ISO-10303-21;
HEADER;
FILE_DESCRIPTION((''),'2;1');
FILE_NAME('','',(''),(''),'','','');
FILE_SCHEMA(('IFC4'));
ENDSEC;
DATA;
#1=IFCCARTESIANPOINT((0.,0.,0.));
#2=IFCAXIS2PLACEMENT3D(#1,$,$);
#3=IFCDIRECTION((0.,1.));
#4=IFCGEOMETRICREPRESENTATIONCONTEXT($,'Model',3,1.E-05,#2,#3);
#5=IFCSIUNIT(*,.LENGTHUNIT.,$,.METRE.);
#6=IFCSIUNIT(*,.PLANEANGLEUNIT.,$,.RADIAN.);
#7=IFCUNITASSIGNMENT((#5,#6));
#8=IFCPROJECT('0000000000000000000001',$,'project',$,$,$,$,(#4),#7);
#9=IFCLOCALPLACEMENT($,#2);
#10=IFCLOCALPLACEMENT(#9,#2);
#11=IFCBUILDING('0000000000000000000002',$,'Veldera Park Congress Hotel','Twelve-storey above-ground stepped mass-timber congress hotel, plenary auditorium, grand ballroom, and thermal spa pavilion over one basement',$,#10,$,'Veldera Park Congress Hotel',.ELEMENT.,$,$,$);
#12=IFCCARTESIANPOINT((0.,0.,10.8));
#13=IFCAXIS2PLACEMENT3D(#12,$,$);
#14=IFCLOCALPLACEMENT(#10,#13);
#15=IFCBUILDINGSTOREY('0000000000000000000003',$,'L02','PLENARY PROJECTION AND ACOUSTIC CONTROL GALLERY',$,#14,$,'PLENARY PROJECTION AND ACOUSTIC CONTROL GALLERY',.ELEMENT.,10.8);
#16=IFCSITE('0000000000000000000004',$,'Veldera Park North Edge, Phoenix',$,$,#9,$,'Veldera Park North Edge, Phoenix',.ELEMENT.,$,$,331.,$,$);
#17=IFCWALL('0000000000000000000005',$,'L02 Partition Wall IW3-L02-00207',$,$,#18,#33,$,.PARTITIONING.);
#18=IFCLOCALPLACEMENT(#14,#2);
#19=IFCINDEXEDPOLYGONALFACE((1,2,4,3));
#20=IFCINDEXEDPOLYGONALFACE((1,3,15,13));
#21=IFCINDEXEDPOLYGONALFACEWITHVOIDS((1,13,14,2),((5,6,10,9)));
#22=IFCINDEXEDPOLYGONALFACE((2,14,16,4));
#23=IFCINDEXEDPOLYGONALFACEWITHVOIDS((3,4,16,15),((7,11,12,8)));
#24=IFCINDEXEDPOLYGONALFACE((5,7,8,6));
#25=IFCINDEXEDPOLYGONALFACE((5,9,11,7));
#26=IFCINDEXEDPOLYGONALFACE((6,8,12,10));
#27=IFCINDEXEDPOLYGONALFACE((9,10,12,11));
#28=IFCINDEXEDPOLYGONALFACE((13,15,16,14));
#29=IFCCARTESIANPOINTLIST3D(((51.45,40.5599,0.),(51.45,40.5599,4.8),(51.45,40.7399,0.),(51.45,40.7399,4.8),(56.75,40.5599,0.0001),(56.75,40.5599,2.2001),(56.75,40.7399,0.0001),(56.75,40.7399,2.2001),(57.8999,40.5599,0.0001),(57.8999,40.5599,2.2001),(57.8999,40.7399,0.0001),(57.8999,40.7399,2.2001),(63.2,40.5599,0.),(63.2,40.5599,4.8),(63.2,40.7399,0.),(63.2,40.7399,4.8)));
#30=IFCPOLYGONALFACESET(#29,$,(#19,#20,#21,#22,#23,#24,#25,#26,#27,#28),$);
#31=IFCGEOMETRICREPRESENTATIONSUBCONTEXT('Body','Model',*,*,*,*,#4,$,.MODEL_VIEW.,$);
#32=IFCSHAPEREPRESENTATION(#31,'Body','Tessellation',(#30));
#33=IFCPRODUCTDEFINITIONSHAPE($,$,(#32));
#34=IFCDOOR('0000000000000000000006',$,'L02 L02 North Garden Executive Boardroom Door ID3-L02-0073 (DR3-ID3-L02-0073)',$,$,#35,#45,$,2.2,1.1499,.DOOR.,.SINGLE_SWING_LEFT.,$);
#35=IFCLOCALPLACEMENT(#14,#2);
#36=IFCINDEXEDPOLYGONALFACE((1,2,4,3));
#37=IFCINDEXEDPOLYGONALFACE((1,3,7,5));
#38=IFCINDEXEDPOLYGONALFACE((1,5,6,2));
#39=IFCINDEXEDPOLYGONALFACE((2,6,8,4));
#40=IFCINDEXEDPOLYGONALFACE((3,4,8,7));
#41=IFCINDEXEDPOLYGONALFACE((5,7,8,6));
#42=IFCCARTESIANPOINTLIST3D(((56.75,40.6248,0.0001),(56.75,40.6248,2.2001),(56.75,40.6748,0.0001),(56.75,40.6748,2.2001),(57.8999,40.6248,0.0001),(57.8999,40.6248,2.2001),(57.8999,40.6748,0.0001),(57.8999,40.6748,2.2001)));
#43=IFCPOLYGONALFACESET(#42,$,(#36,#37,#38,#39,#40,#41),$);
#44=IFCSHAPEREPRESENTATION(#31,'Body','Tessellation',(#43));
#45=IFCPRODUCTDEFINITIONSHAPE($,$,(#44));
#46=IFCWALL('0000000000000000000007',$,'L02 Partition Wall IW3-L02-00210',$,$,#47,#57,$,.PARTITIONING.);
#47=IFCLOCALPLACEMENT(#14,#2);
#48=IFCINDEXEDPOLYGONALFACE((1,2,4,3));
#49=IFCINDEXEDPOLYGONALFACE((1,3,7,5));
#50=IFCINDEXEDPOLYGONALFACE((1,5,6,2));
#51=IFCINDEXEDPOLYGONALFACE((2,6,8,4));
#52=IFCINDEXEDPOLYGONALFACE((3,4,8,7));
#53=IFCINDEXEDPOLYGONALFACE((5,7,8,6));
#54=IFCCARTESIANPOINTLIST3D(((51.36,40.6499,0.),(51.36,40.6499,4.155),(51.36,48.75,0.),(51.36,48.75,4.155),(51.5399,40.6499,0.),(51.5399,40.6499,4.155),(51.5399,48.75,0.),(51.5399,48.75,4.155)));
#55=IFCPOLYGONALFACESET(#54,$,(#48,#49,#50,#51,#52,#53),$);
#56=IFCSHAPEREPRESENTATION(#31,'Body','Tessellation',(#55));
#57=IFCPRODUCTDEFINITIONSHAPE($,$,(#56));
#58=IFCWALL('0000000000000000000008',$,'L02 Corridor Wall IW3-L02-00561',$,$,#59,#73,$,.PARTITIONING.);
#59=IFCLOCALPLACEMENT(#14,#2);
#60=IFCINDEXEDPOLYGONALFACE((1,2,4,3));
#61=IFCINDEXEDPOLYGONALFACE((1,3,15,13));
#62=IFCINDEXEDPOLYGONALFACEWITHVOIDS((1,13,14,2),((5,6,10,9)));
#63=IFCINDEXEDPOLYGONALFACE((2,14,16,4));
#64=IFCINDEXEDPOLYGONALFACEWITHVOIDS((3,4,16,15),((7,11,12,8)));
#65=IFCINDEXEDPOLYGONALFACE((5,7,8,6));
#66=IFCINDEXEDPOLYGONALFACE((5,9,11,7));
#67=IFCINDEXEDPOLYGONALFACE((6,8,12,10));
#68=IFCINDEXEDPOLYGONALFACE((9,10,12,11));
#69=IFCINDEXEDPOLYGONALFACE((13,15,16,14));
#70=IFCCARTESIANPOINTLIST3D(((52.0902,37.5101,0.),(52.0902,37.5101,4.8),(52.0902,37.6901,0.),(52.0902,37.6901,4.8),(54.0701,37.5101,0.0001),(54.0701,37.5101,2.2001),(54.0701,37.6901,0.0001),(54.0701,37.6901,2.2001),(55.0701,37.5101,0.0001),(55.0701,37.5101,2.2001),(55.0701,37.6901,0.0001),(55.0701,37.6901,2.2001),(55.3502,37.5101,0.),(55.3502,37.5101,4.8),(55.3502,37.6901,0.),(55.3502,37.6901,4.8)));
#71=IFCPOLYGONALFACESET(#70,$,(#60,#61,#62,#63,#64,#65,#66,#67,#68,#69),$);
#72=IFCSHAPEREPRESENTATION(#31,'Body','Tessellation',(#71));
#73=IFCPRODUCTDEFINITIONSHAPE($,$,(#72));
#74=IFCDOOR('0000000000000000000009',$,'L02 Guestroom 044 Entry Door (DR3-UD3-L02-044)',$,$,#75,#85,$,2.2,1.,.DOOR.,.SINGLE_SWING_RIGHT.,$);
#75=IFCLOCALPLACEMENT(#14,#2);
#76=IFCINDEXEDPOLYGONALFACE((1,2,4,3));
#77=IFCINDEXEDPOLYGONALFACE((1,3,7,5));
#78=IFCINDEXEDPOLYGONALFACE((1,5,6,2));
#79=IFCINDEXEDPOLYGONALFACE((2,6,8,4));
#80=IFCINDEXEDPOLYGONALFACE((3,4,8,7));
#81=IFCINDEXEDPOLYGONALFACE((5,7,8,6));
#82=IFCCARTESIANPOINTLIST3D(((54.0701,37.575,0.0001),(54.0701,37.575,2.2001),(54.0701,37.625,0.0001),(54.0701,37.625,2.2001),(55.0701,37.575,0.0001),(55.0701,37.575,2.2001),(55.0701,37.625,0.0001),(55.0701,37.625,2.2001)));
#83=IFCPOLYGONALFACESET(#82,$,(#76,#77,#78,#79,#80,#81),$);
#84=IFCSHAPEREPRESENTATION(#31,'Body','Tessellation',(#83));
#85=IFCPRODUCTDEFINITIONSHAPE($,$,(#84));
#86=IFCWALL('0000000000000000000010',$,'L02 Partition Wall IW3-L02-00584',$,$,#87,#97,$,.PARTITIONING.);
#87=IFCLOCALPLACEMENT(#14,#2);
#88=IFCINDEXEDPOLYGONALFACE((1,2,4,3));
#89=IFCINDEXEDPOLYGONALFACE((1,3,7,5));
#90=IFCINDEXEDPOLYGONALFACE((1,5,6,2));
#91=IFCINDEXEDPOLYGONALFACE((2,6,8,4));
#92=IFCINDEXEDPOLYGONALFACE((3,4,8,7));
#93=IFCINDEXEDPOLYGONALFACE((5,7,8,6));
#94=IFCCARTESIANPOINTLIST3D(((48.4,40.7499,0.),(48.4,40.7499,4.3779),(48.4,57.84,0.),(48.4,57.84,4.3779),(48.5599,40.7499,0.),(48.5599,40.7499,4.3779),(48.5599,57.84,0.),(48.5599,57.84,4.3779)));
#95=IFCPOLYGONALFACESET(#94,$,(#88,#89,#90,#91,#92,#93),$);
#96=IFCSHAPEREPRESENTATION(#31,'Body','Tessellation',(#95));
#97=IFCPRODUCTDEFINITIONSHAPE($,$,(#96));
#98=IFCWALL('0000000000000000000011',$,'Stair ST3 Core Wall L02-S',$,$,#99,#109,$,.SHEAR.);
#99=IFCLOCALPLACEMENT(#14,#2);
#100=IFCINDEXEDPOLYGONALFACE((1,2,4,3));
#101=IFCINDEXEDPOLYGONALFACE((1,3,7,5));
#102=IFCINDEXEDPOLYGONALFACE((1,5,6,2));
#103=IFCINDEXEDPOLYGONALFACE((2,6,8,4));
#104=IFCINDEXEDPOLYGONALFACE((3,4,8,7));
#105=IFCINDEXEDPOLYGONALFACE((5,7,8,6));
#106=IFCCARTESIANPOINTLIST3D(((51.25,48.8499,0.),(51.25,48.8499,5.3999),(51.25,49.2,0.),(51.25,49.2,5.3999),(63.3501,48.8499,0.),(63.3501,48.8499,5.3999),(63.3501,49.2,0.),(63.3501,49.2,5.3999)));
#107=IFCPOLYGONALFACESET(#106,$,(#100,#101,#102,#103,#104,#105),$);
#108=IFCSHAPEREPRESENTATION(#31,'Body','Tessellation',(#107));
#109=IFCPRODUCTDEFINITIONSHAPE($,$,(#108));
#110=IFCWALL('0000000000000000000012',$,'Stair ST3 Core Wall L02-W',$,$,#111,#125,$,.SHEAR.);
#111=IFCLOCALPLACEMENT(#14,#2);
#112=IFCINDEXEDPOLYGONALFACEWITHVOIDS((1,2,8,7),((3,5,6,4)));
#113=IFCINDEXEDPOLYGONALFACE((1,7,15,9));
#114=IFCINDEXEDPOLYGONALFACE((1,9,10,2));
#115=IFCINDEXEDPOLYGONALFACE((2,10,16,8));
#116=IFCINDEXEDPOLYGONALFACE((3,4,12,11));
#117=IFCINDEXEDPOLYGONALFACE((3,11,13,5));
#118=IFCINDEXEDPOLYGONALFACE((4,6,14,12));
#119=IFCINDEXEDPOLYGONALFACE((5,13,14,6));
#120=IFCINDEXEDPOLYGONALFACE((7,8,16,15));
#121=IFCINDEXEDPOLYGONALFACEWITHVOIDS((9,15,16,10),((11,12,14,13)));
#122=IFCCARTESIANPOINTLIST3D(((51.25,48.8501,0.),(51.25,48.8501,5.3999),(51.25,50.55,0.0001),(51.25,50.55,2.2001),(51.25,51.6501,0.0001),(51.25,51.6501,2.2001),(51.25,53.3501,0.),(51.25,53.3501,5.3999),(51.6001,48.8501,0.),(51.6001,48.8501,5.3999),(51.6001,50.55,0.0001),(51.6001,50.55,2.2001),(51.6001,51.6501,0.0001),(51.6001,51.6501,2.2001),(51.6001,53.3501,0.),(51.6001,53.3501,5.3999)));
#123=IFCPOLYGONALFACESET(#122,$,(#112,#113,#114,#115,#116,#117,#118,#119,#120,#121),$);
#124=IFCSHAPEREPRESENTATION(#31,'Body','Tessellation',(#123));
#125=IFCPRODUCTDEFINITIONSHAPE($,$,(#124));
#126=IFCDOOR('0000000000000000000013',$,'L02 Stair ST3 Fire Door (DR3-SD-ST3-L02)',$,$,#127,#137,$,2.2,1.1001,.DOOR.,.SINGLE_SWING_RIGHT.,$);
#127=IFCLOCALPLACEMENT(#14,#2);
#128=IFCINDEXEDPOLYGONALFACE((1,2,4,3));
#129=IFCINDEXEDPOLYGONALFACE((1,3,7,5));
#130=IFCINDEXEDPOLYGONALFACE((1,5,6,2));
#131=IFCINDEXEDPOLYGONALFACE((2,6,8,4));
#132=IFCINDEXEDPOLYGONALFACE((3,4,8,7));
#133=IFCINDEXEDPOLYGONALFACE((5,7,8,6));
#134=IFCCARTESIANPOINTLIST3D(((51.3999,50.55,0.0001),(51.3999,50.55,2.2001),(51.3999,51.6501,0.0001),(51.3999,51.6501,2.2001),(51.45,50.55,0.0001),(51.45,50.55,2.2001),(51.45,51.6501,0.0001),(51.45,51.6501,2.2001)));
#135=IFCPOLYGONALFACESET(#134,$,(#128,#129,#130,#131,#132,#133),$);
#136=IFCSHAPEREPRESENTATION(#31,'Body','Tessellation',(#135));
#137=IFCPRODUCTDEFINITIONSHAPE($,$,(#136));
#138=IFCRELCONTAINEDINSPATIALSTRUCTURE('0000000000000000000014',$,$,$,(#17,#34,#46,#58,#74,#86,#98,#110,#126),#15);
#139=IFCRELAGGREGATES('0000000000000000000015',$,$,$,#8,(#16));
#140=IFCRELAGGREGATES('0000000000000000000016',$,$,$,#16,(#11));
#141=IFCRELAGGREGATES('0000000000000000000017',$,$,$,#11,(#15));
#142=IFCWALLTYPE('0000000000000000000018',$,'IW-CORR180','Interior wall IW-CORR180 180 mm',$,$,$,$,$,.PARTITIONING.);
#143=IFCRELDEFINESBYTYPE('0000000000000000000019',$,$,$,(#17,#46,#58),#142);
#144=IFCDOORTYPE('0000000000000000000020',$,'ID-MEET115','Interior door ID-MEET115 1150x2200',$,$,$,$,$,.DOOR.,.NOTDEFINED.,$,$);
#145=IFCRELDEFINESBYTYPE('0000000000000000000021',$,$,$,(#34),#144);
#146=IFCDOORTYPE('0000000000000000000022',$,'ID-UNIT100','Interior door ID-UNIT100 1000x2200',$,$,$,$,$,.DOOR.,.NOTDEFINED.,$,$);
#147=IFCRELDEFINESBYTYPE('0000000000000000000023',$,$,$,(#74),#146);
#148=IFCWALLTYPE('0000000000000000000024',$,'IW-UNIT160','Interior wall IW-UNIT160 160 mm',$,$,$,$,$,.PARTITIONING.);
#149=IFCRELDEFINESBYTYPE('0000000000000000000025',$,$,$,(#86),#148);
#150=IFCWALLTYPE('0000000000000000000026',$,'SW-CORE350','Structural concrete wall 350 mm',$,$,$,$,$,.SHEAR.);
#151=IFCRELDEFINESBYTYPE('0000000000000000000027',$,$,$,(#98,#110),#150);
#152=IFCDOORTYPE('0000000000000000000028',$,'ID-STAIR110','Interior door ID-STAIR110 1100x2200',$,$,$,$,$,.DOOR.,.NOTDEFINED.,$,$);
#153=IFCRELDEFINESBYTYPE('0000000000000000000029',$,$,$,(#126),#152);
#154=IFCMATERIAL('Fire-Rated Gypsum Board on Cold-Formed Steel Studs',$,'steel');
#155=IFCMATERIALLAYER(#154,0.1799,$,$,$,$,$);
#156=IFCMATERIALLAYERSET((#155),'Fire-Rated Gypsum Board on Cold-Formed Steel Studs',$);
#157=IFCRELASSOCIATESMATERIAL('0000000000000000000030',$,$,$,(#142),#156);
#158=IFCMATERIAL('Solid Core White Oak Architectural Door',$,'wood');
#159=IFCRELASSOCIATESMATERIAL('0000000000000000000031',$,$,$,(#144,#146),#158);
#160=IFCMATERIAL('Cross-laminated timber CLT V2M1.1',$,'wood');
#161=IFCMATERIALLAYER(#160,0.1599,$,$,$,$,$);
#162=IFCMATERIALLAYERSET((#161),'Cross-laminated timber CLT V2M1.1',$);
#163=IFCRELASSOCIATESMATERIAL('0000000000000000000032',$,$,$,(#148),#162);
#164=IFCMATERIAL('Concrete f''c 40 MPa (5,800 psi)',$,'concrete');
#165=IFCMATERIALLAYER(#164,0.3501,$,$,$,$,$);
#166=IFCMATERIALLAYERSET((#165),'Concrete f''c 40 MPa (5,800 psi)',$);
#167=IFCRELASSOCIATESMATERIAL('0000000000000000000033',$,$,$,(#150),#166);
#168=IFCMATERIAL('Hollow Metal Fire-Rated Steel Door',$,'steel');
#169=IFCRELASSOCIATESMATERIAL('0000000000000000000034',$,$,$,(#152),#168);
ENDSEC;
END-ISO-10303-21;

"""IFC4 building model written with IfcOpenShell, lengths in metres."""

from ifc_helpers import new_model, si_unit, direction, frame, frame_2d, origin, place, context, subcontext, project, spatial, rectangle, extrude, material, layer, layer_set, type_object, element, fill, save


model = new_model("IFC4")

# Units and contexts
model_context = context("Model", 3, precision=1e-05, world=origin(), true_north=direction((0.0, 1.0)))
body_context = subcontext(model_context, "Body", "Model", "MODEL_VIEW")
ifc_project = project(units=[si_unit("LENGTHUNIT", "METRE"), si_unit("PLANEANGLEUNIT", "RADIAN")], contexts=[model_context])

# Site, building, storey
site_placement = place(None, origin())
site = spatial("IfcSite", under=ifc_project, at=site_placement, Name="Veldera Park North Edge, Phoenix", LongName="Veldera Park North Edge, Phoenix", CompositionType="ELEMENT", RefElevation=331.0)
building_placement = place(site_placement, origin())
building = spatial("IfcBuilding", under=site, at=building_placement, Name="Veldera Park Congress Hotel", Description="Twelve-storey above-ground stepped mass-timber congress hotel, plenary auditorium, grand ballroom, and thermal spa pavilion over one basement", LongName="Veldera Park Congress Hotel", CompositionType="ELEMENT")
storey_placement = place(building_placement, frame((0.0, 0.0, 10.8)))
storey = spatial("IfcBuildingStorey", under=building, at=storey_placement, Name="L02", Description="PLENARY PROJECTION AND ACOUSTIC CONTROL GALLERY", LongName="PLENARY PROJECTION AND ACOUSTIC CONTROL GALLERY", CompositionType="ELEMENT", Elevation=10.8)

# Shared definitions
ifc_material_1 = material(Name="Cross-laminated timber CLT V2M1.1", Category="wood")

# Wall, opening, door
ifc_material_2 = material(Name="Fire-Rated Gypsum Board on Cold-Formed Steel Studs", Category="steel")
ifc_layer_1 = layer(ifc_material_2, 0.1799)
ifc_layer_set_1 = layer_set([ifc_layer_1], Name="Fire-Rated Gypsum Board on Cold-Formed Steel Studs")
wall_type_1 = type_object("IfcWallType", Name="IW-CORR180", Description="Interior wall IW-CORR180 180 mm", PredefinedType="PARTITIONING", material=ifc_layer_set_1)
wall_1_placement = place(storey_placement, frame((51.45, 40.6499, 0.0), z_axis=(0.0, 0.0, 1.0), x_axis=(1.0, 0.0, 0.0)))
wall_1 = element("IfcWall", 1, at=wall_1_placement, inside=storey, type_object=wall_type_1, Name="L02 Partition Wall IW3-L02-00207", PredefinedType="PARTITIONING", context=body_context, shape_type="SweptSolid", body=[
    extrude(rectangle(XDim=11.75, YDim=0.1799, at=frame_2d((5.875, 0.0))), origin(), (0.0, 0.0, 1.0), 4.8),
])
opening_1_placement = place(wall_1_placement, frame((5.3, 0.0, 0.0)))
opening_1 = element("IfcOpeningElement", 2, at=opening_1_placement, cuts=wall_1, PredefinedType="OPENING", context=body_context, shape_type="SweptSolid", body=[
    extrude(rectangle(XDim=1.1499, YDim=2.2, at=frame_2d((0.575, 1.1001))), frame((0.0, 0.1021, 0.0), z_axis=(0.0, -1.0, 0.0), x_axis=(1.0, 0.0, 0.0)), (0.0, 0.0, 1.0), 0.2039),
])
ifc_material_3 = material(Name="Solid Core White Oak Architectural Door", Category="wood")
door_type_1 = type_object("IfcDoorType", Name="ID-MEET115", Description="Interior door ID-MEET115 1150x2200", OperationType="NOTDEFINED", PredefinedType="DOOR", material=ifc_material_3)
door_1_placement = place(opening_1_placement, origin())
door_1 = element("IfcDoor", 3, at=door_1_placement, inside=storey, type_object=door_type_1, Name="L02 L02 North Garden Executive Boardroom Door ID3-L02-0073 (DR3-ID3-L02-0073)", OperationType="SINGLE_SWING_LEFT", OverallHeight=2.2, OverallWidth=1.1499, PredefinedType="DOOR", context=body_context, shape_type="SweptSolid", body=[
    extrude(rectangle(XDim=1.1499, YDim=2.2, at=frame_2d((0.575, 1.1001))), frame((0.0, 0.0249, 0.0), z_axis=(0.0, -1.0, 0.0), x_axis=(1.0, 0.0, 0.0)), (0.0, 0.0, 1.0), 0.05),
])
fill(opening_1, door_1)

# Wall
wall_2_placement = place(storey_placement, frame((51.45, 48.75, 0.0), z_axis=(0.0, 0.0, 1.0), x_axis=(0.0, -1.0, 0.0)))
element("IfcWall", 4, at=wall_2_placement, inside=storey, type_object=wall_type_1, Name="L02 Partition Wall IW3-L02-00210", PredefinedType="PARTITIONING", context=body_context, shape_type="SweptSolid", body=[
    extrude(rectangle(XDim=8.1001, YDim=0.1799, at=frame_2d((4.05, 0.0))), origin(), (0.0, 0.0, 1.0), 4.155),
])

# Wall, opening, door
wall_3_placement = place(storey_placement, frame((55.3501, 37.6001, 0.0), z_axis=(0.0, 0.0, 1.0), x_axis=(-1.0, 0.0, 0.0)))
wall_3 = element("IfcWall", 5, at=wall_3_placement, inside=storey, type_object=wall_type_1, Name="L02 Corridor Wall IW3-L02-00561", PredefinedType="PARTITIONING", context=body_context, shape_type="SweptSolid", body=[
    extrude(rectangle(XDim=3.26, YDim=0.1799, at=frame_2d((1.6299, 0.0))), origin(), (0.0, 0.0, 1.0), 4.8),
])
opening_2_placement = place(wall_3_placement, frame((0.28, 0.0, 0.0)))
opening_2 = element("IfcOpeningElement", 6, at=opening_2_placement, cuts=wall_3, PredefinedType="OPENING", context=body_context, shape_type="SweptSolid", body=[
    extrude(rectangle(XDim=1.0, YDim=2.2, at=frame_2d((0.5, 1.1001))), frame((0.0, 0.1021, 0.0), z_axis=(0.0, -1.0, 0.0), x_axis=(1.0, 0.0, 0.0)), (0.0, 0.0, 1.0), 0.2039),
])
door_type_2 = type_object("IfcDoorType", Name="ID-UNIT100", Description="Interior door ID-UNIT100 1000x2200", OperationType="NOTDEFINED", PredefinedType="DOOR", material=ifc_material_3)
door_2_placement = place(opening_2_placement, frame((1.0, 0.0, 0.0), z_axis=(0.0, 0.0, 1.0), x_axis=(-1.0, 0.0, 0.0)))
door_2 = element("IfcDoor", 7, at=door_2_placement, inside=storey, type_object=door_type_2, Name="L02 Guestroom 044 Entry Door (DR3-UD3-L02-044)", OperationType="SINGLE_SWING_RIGHT", OverallHeight=2.2, OverallWidth=1.0, PredefinedType="DOOR", context=body_context, shape_type="SweptSolid", body=[
    extrude(rectangle(XDim=1.0, YDim=2.2, at=frame_2d((0.5, 1.1001))), frame((0.0, 0.0249, 0.0), z_axis=(0.0, -1.0, 0.0), x_axis=(1.0, 0.0, 0.0)), (0.0, 0.0, 1.0), 0.05),
])
fill(opening_2, door_2)

# Walls
ifc_layer_2 = layer(ifc_material_1, 0.1599)
ifc_layer_set_2 = layer_set([ifc_layer_2], Name="Cross-laminated timber CLT V2M1.1")
wall_type_2 = type_object("IfcWallType", Name="IW-UNIT160", Description="Interior wall IW-UNIT160 160 mm", PredefinedType="PARTITIONING", material=ifc_layer_set_2)
wall_4_placement = place(storey_placement, frame((48.48, 40.75, 0.0), z_axis=(0.0, 0.0, 1.0), x_axis=(0.0, 1.0, 0.0)))
element("IfcWall", 8, at=wall_4_placement, inside=storey, type_object=wall_type_2, Name="L02 Partition Wall IW3-L02-00584", PredefinedType="PARTITIONING", context=body_context, shape_type="SweptSolid", body=[
    extrude(rectangle(XDim=17.0901, YDim=0.1599, at=frame_2d((8.5449, 0.0))), origin(), (0.0, 0.0, 1.0), 4.3779),
])
ifc_material_4 = material(Name="Concrete f'c 40 MPa (5,800 psi)", Category="concrete")
ifc_layer_3 = layer(ifc_material_4, 0.3501)
ifc_layer_set_3 = layer_set([ifc_layer_3], Name="Concrete f'c 40 MPa (5,800 psi)")
wall_type_3 = type_object("IfcWallType", Name="SW-CORE350", Description="Structural concrete wall 350 mm", PredefinedType="SHEAR", material=ifc_layer_set_3)
wall_5_placement = place(storey_placement, frame((51.25, 49.0249, 0.0), z_axis=(0.0, 0.0, 1.0), x_axis=(1.0, 0.0, 0.0)))
element("IfcWall", 9, at=wall_5_placement, inside=storey, type_object=wall_type_3, Name="Stair ST3 Core Wall L02-S", PredefinedType="SHEAR", context=body_context, shape_type="SweptSolid", body=[
    extrude(rectangle(XDim=12.1001, YDim=0.3501, at=frame_2d((6.05, 0.0))), origin(), (0.0, 0.0, 1.0), 5.3999),
])

# Wall, opening, door
wall_6_placement = place(storey_placement, frame((51.425, 53.3501, 0.0), z_axis=(0.0, 0.0, 1.0), x_axis=(0.0, -1.0, 0.0)))
wall_6 = element("IfcWall", 10, at=wall_6_placement, inside=storey, type_object=wall_type_3, Name="Stair ST3 Core Wall L02-W", PredefinedType="SHEAR", context=body_context, shape_type="SweptSolid", body=[
    extrude(rectangle(XDim=4.5, YDim=0.3501, at=frame_2d((2.25, 0.0))), origin(), (0.0, 0.0, 1.0), 5.3999),
])
opening_3_placement = place(wall_6_placement, frame((1.7, 0.0, 0.0)))
opening_3 = element("IfcOpeningElement", 11, at=opening_3_placement, cuts=wall_6, PredefinedType="OPENING", context=body_context, shape_type="SweptSolid", body=[
    extrude(rectangle(XDim=1.1001, YDim=2.2, at=frame_2d((0.55, 1.1001))), frame((0.0, 0.187, 0.0), z_axis=(0.0, -1.0, 0.0), x_axis=(1.0, 0.0, 0.0)), (0.0, 0.0, 1.0), 0.374),
])
ifc_material_5 = material(Name="Hollow Metal Fire-Rated Steel Door", Category="steel")
door_type_3 = type_object("IfcDoorType", Name="ID-STAIR110", Description="Interior door ID-STAIR110 1100x2200", OperationType="NOTDEFINED", PredefinedType="DOOR", material=ifc_material_5)
door_3_placement = place(opening_3_placement, origin())
door_3 = element("IfcDoor", 12, at=door_3_placement, inside=storey, type_object=door_type_3, Name="L02 Stair ST3 Fire Door (DR3-SD-ST3-L02)", OperationType="SINGLE_SWING_RIGHT", OverallHeight=2.2, OverallWidth=1.1001, PredefinedType="DOOR", context=body_context, shape_type="SweptSolid", body=[
    extrude(rectangle(XDim=1.1001, YDim=2.2, at=frame_2d((0.55, 1.1001))), frame((0.0, 0.0249, 0.0), z_axis=(0.0, -1.0, 0.0), x_axis=(1.0, 0.0, 0.0)), (0.0, 0.0, 1.0), 0.05),
])
fill(opening_3, door_3)

save(model, "model.ifc")
